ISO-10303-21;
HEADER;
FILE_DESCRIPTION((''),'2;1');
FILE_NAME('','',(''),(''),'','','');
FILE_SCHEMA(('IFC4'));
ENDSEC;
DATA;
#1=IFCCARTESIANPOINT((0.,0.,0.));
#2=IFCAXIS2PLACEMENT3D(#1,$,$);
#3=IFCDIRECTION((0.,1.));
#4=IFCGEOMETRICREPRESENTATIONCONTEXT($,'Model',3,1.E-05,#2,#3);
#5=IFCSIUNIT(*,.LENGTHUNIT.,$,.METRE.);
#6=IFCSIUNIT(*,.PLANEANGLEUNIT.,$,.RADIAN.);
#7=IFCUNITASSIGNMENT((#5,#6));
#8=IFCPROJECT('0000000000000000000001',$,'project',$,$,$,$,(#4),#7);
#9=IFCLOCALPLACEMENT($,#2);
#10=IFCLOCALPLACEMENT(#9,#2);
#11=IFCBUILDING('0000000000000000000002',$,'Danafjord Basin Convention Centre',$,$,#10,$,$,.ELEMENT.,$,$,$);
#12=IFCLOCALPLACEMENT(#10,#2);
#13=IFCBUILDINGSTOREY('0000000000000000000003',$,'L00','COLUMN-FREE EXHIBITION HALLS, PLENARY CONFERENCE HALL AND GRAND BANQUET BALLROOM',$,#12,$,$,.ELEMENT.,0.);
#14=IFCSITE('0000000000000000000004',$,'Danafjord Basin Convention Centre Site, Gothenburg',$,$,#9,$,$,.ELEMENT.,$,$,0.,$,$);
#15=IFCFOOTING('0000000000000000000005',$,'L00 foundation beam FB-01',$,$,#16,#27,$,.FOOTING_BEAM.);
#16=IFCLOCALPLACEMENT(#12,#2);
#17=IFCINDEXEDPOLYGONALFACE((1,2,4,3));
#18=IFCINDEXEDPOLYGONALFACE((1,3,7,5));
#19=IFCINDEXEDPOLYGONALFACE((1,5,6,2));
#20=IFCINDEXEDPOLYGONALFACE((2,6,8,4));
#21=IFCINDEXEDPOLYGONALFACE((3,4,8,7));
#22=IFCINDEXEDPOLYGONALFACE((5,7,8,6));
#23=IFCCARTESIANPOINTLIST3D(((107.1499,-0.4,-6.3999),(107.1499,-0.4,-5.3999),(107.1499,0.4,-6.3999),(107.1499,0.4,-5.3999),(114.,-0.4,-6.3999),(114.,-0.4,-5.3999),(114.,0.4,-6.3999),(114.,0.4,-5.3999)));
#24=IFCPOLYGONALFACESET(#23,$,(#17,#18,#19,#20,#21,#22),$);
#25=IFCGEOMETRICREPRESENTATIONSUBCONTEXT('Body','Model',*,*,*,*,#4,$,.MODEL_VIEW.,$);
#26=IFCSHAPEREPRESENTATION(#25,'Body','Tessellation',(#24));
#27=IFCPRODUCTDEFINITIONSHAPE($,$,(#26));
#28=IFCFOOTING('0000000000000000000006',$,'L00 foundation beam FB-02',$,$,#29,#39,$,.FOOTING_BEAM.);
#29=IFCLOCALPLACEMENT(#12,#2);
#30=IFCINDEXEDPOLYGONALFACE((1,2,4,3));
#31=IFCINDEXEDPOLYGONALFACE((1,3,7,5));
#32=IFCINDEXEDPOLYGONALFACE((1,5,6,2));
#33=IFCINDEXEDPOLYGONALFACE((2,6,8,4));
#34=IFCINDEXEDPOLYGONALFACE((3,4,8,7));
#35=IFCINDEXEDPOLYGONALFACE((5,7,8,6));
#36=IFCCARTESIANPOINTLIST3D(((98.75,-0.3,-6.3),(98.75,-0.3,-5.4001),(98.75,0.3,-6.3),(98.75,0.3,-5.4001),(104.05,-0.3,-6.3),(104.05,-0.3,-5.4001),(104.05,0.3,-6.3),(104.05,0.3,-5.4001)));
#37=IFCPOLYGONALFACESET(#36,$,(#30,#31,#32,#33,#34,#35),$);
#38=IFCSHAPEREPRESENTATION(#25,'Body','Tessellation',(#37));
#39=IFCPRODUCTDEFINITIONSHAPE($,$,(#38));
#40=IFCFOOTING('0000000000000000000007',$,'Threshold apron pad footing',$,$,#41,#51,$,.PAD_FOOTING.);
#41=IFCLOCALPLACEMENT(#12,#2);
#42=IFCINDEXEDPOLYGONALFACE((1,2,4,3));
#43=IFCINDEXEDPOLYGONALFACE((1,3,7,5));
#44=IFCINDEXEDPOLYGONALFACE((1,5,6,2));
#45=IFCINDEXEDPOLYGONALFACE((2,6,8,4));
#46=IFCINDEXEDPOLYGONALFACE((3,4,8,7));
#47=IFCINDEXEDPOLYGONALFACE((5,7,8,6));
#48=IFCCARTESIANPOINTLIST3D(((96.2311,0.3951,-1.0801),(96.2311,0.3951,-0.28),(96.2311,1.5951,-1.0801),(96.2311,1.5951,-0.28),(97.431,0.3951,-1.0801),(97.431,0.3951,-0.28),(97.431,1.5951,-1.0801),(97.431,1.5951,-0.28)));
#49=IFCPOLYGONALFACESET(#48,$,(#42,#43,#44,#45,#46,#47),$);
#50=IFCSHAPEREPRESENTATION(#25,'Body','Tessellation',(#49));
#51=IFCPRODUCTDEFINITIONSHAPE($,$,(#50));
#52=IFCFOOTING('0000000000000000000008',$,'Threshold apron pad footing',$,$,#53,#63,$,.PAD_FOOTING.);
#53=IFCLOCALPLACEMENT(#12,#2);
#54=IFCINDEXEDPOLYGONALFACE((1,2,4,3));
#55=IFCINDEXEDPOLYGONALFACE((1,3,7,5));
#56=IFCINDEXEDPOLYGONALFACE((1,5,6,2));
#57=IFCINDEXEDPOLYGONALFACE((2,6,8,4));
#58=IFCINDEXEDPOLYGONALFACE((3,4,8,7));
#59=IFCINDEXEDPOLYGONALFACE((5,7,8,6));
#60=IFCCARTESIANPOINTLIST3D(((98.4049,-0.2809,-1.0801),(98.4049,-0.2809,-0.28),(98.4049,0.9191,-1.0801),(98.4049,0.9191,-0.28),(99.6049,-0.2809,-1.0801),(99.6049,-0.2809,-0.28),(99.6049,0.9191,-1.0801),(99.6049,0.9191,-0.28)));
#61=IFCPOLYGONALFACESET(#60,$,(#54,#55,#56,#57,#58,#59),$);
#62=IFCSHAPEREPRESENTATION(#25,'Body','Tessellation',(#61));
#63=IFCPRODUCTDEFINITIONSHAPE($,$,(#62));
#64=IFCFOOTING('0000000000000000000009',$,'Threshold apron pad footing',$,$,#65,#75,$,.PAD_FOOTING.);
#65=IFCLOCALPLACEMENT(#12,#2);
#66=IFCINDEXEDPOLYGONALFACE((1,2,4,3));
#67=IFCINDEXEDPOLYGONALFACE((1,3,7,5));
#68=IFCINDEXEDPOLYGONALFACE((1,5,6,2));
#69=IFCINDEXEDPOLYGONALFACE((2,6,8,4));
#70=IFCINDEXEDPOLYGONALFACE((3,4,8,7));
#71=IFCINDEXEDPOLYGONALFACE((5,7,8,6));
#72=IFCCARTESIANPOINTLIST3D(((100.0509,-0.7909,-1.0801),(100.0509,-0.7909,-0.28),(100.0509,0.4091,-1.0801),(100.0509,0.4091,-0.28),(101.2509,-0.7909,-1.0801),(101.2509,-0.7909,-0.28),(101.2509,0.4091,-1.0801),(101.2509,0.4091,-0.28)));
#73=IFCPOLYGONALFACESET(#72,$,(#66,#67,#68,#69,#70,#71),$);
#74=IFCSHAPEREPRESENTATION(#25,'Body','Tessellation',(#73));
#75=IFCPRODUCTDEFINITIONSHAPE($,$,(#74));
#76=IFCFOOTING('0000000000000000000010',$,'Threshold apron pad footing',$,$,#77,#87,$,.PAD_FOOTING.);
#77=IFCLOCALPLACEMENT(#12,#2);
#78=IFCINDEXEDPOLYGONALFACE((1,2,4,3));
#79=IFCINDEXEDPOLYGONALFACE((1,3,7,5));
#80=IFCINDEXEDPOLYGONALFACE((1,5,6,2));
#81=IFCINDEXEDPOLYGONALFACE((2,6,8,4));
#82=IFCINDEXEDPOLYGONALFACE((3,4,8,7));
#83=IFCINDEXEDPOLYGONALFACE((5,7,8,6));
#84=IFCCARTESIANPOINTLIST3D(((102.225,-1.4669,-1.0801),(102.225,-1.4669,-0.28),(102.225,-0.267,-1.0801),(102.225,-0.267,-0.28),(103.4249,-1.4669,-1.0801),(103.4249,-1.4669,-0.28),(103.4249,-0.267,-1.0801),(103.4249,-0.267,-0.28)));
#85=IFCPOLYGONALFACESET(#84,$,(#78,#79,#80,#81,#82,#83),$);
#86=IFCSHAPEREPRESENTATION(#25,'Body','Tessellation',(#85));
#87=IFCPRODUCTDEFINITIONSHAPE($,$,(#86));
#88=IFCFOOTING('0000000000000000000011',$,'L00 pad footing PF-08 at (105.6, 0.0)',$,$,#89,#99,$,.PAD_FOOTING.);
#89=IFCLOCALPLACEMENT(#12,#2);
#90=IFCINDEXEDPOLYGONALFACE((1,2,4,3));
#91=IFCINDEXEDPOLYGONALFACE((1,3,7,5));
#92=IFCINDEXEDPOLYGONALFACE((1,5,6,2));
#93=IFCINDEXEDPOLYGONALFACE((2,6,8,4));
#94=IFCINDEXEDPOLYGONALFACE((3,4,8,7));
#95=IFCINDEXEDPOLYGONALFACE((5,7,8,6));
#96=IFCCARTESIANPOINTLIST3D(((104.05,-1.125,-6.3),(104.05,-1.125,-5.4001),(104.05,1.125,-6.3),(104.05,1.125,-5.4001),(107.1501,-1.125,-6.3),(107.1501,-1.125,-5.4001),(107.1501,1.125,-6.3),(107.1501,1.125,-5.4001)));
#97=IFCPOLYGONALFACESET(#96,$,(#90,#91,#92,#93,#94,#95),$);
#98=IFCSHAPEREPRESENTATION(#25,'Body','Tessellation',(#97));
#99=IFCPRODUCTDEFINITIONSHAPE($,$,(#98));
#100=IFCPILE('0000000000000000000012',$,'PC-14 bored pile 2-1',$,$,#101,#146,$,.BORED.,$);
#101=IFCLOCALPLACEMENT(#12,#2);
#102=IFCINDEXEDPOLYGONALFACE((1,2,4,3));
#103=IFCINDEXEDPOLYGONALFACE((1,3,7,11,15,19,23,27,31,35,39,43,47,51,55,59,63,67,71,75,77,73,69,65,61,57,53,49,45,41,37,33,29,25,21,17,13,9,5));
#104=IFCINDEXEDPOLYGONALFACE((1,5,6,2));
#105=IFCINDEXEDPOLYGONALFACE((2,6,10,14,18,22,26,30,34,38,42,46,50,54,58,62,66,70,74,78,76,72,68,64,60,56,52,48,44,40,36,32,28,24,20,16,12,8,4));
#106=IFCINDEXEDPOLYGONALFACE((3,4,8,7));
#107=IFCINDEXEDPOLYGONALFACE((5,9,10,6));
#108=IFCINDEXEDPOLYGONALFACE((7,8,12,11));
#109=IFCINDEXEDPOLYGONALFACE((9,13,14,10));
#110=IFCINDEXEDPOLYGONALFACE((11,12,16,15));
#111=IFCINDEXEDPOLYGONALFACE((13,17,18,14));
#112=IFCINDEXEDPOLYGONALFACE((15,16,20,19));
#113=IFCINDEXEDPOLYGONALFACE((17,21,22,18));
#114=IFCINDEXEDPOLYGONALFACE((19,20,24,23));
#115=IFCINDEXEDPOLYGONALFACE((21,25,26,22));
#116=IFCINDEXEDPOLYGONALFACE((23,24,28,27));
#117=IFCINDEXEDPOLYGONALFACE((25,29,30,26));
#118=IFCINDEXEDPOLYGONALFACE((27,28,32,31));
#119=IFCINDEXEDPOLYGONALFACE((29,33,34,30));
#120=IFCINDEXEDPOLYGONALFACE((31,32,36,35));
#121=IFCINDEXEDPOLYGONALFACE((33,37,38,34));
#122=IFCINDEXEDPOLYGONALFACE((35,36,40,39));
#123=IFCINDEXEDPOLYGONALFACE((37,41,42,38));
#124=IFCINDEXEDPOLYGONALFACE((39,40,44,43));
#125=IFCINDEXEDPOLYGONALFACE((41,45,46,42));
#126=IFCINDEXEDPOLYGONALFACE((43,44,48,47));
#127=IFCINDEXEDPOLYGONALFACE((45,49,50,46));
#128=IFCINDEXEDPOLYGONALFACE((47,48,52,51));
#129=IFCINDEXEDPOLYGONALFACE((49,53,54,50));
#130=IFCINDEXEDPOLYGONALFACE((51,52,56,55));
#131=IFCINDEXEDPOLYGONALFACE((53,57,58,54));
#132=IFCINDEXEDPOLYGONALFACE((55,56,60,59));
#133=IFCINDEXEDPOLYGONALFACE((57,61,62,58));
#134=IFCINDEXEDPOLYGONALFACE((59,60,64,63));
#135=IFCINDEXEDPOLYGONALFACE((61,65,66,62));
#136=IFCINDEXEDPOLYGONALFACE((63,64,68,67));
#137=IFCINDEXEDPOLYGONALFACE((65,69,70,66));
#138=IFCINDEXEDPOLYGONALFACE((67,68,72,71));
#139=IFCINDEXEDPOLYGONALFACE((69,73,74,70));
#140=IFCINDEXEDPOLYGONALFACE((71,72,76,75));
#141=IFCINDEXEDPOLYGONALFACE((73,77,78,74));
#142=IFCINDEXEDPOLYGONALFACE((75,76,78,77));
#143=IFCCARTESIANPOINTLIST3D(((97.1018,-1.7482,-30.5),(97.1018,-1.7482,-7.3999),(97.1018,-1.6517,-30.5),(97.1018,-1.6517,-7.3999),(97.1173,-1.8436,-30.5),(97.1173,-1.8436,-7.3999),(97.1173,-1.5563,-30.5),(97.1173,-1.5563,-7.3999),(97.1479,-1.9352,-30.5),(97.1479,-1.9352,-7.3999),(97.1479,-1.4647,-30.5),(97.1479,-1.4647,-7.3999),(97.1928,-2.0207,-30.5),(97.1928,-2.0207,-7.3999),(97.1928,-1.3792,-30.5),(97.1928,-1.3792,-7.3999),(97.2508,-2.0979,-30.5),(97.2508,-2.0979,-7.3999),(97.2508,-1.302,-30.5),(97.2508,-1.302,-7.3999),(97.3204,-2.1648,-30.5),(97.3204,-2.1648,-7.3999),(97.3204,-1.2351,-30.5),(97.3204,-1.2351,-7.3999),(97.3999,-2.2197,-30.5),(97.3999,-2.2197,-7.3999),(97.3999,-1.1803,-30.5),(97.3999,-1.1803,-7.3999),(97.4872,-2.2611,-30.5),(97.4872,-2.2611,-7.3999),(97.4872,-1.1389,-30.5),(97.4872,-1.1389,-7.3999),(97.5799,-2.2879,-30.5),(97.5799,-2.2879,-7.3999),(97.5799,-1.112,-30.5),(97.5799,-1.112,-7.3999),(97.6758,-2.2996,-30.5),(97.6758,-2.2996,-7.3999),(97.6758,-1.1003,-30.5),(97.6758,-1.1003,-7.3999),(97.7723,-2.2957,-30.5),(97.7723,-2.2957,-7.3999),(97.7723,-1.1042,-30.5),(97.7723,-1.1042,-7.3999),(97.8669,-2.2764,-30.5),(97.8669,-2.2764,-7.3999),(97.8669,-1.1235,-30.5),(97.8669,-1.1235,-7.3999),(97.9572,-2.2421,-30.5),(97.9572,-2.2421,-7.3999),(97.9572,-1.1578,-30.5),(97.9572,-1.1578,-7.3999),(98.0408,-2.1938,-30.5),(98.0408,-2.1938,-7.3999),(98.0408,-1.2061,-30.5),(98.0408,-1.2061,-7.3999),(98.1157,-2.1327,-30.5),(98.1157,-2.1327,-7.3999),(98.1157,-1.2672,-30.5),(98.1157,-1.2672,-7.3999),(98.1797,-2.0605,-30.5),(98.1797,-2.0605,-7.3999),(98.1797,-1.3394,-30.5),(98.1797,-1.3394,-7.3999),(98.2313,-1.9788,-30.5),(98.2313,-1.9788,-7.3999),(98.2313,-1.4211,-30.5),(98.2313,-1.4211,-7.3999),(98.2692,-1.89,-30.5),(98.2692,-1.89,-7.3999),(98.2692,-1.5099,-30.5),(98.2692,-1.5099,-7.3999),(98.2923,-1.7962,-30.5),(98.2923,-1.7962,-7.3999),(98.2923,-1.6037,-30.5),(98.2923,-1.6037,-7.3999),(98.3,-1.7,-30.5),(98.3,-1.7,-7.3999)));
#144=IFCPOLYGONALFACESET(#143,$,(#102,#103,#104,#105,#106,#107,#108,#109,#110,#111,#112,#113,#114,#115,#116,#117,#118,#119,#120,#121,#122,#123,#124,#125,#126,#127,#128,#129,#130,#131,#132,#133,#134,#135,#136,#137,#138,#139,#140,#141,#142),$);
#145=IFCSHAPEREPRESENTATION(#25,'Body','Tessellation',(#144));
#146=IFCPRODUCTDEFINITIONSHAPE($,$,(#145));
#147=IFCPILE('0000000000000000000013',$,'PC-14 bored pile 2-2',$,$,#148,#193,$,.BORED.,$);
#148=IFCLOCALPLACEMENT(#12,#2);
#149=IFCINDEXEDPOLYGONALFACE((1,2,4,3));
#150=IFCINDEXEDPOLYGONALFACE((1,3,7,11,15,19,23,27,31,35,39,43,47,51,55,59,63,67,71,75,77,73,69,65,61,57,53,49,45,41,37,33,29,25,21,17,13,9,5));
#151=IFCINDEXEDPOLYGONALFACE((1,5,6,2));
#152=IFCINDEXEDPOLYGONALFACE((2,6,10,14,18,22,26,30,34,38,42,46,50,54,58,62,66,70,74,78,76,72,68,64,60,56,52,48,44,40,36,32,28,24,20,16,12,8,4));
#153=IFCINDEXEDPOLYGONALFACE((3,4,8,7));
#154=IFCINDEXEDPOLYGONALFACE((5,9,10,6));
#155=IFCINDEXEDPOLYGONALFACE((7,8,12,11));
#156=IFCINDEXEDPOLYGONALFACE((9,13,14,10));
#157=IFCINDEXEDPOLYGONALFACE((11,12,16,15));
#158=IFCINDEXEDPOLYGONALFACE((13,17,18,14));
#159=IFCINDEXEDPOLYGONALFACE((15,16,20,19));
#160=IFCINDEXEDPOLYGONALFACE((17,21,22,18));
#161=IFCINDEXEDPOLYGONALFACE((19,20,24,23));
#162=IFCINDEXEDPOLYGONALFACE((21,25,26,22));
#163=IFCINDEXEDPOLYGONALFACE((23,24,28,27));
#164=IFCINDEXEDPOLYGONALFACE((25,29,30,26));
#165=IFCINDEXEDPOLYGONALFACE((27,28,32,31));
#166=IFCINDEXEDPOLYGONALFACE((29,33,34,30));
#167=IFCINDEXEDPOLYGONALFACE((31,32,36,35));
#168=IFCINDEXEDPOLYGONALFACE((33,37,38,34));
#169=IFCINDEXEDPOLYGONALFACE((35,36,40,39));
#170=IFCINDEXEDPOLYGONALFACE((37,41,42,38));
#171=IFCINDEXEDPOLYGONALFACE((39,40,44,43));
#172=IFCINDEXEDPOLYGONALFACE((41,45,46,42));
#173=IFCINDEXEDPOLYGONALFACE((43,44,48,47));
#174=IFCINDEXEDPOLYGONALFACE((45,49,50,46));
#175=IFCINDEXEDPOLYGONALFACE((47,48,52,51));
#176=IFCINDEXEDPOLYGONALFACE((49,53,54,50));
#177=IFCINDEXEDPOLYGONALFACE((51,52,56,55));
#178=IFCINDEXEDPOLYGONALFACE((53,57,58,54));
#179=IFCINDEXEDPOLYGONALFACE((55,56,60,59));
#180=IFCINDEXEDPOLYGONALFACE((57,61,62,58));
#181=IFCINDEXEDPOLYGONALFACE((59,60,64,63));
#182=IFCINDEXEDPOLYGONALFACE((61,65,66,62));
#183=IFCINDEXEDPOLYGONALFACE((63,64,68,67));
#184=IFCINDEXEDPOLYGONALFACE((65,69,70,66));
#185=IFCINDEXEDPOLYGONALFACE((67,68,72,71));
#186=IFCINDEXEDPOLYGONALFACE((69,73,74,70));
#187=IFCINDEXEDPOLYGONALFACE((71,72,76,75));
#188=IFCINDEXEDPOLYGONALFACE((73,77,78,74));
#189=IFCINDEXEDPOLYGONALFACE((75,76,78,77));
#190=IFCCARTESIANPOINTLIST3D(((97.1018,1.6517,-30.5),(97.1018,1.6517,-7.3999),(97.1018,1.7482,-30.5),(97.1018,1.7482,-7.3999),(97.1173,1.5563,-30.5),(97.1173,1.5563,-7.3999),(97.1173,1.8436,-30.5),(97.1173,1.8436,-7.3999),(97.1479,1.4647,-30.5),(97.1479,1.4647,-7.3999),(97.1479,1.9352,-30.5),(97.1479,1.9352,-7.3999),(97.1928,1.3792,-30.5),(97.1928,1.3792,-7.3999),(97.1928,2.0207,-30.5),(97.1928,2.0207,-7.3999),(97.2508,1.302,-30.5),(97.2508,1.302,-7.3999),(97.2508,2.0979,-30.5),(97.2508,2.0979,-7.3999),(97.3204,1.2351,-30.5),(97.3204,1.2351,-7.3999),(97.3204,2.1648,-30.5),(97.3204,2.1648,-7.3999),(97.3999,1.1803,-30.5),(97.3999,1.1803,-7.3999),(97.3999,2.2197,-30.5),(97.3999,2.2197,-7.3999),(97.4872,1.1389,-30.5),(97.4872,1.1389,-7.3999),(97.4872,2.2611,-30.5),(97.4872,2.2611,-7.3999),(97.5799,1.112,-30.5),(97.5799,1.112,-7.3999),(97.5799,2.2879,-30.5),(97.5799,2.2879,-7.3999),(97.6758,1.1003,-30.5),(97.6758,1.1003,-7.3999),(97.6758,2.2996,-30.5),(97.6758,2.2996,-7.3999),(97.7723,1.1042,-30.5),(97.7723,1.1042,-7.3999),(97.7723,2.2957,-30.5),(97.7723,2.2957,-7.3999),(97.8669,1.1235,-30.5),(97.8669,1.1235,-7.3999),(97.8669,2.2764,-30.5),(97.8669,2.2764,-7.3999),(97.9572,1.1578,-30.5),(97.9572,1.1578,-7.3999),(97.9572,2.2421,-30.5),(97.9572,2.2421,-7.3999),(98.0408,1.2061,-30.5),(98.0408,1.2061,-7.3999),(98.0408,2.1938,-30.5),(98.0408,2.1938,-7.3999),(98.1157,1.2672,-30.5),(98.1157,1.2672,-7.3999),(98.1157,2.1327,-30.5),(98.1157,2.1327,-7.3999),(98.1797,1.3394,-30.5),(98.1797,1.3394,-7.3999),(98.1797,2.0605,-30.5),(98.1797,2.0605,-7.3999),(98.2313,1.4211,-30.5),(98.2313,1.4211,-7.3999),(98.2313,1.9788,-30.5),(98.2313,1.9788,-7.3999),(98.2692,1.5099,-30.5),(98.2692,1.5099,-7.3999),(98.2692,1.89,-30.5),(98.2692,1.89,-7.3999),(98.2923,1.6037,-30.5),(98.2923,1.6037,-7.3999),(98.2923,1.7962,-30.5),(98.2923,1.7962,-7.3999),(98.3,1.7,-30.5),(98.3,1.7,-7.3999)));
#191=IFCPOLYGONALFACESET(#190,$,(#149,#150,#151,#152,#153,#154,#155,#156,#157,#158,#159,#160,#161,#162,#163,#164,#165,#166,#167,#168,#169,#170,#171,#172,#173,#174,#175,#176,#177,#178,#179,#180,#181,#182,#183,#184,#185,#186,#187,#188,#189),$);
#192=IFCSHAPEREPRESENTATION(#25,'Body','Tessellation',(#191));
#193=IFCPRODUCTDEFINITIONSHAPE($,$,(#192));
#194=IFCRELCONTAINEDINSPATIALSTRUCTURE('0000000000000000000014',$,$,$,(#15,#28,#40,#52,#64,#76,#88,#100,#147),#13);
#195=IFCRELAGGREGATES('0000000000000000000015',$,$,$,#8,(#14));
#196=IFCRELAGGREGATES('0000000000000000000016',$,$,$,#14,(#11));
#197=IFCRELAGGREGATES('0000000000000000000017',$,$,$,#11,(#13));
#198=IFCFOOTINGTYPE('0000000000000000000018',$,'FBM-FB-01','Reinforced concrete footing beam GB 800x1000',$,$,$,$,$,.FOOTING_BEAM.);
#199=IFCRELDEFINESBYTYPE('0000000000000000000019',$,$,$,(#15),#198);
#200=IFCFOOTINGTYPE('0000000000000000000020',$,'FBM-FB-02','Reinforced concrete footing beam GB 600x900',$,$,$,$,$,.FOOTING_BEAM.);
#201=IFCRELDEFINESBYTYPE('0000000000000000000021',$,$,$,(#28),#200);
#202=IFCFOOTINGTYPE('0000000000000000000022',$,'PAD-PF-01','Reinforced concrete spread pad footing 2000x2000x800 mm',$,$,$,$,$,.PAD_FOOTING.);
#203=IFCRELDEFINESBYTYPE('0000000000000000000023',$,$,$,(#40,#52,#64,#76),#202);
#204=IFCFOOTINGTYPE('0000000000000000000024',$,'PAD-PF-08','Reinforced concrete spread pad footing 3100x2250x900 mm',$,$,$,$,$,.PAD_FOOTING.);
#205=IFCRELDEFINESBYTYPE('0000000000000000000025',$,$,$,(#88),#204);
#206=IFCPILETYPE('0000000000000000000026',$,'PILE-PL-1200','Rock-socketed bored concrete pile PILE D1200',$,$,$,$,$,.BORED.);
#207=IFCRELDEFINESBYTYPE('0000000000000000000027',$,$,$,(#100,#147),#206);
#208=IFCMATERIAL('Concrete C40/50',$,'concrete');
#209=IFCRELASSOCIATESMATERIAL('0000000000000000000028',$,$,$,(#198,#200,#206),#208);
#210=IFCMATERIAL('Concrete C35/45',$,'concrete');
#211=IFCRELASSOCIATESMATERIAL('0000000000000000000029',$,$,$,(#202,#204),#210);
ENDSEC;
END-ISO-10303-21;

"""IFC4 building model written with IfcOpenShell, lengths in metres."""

from ifc_helpers import new_model, si_unit, direction, frame, origin, origin_2d, place, context, subcontext, project, spatial, rectangle, circle, extrude, material, material_profile, profile_set, type_object, element, save


model = new_model("IFC4")

# Units and contexts
model_context = context("Model", 3, precision=1e-05, world=origin(), true_north=direction((0.0, 1.0)))
body_context = subcontext(model_context, "Body", "Model", "MODEL_VIEW")
ifc_project = project(units=[si_unit("LENGTHUNIT", "METRE"), si_unit("PLANEANGLEUNIT", "RADIAN")], contexts=[model_context])

# Site, building, storey
site_placement = place(None, origin())
site = spatial("IfcSite", under=ifc_project, at=site_placement, Name="Danafjord Basin Convention Centre Site, Gothenburg", CompositionType="ELEMENT", RefElevation=0.0)
building_placement = place(site_placement, origin())
building = spatial("IfcBuilding", under=site, at=building_placement, Name="Danafjord Basin Convention Centre", CompositionType="ELEMENT")
storey_placement = place(building_placement, origin())
storey = spatial("IfcBuildingStorey", under=building, at=storey_placement, Name="L00", Description="COLUMN-FREE EXHIBITION HALLS, PLENARY CONFERENCE HALL AND GRAND BANQUET BALLROOM", CompositionType="ELEMENT", Elevation=0.0)

# Footings
ifc_material_1 = material(Name="Concrete C40/50", Category="concrete")
ifc_material_profile_1 = material_profile(ifc_material_1, rectangle(XDim=0.8, YDim=1.0, at=origin_2d()), Name="GB 800x1000")
ifc_profile_set_1 = profile_set([ifc_material_profile_1], Name="Concrete C40/50")
footing_type_1 = type_object("IfcFootingType", Name="FBM-FB-01", Description="Reinforced concrete footing beam GB 800x1000", PredefinedType="FOOTING_BEAM", material=ifc_profile_set_1)
footing_1_placement = place(storey_placement, frame((107.1499, 0.0, -5.8999), z_axis=(1.0, 0.0, 0.0), x_axis=(0.0, 1.0, 0.0)))
element("IfcFooting", 1, at=footing_1_placement, inside=storey, type_object=footing_type_1, Name="L00 foundation beam FB-01", PredefinedType="FOOTING_BEAM", context=body_context, shape_type="SweptSolid", body=[
    extrude(rectangle(XDim=0.8, YDim=1.0, at=origin_2d()), origin(), (0.0, 0.0, 1.0), 6.8501),
])
ifc_material_profile_2 = material_profile(ifc_material_1, rectangle(XDim=0.6001, YDim=0.8999, at=origin_2d()), Name="GB 600x900")
ifc_profile_set_2 = profile_set([ifc_material_profile_2], Name="Concrete C40/50")
footing_type_2 = type_object("IfcFootingType", Name="FBM-FB-02", Description="Reinforced concrete footing beam GB 600x900", PredefinedType="FOOTING_BEAM", material=ifc_profile_set_2)
footing_2_placement = place(storey_placement, frame((98.75, 0.0, -5.8501), z_axis=(1.0, 0.0, 0.0), x_axis=(0.0, 1.0, 0.0)))
element("IfcFooting", 2, at=footing_2_placement, inside=storey, type_object=footing_type_2, Name="L00 foundation beam FB-02", PredefinedType="FOOTING_BEAM", context=body_context, shape_type="SweptSolid", body=[
    extrude(rectangle(XDim=0.6001, YDim=0.8999, at=origin_2d()), origin(), (0.0, 0.0, 1.0), 5.3),
])
ifc_material_2 = material(Name="Concrete C35/45", Category="concrete")
footing_type_3 = type_object("IfcFootingType", Name="PAD-PF-01", Description="Reinforced concrete spread pad footing 2000x2000x800 mm", PredefinedType="PAD_FOOTING", material=ifc_material_2)
for number, where, z_axis, x_axis, name in (
    (3, (96.8311, 0.9951, -1.0801), (0.0, 0.0, 1.0), (1.0, 0.0, 0.0), "Threshold apron pad footing"),
    (4, (99.0049, 0.3191, -1.0801), (0.0, 0.0, 1.0), (1.0, 0.0, 0.0), "Threshold apron pad footing"),
    (5, (100.6509, -0.1909, -1.0801), (0.0, 0.0, 1.0), (1.0, 0.0, 0.0), "Threshold apron pad footing"),
    (6, (102.825, -0.8669, -1.0801), (0.0, 0.0, 1.0), (1.0, 0.0, 0.0), "Threshold apron pad footing"),
):
    element("IfcFooting", number, at=place(storey_placement, frame(where, z_axis=z_axis, x_axis=x_axis)), inside=storey, type_object=footing_type_3, Name=name, PredefinedType="PAD_FOOTING", context=body_context, shape_type="SweptSolid", body=[
        extrude(rectangle(XDim=1.2, YDim=1.2, at=origin_2d()), origin(), (0.0, 0.0, 1.0), 0.8),
    ])
footing_type_4 = type_object("IfcFootingType", Name="PAD-PF-08", Description="Reinforced concrete spread pad footing 3100x2250x900 mm", PredefinedType="PAD_FOOTING", material=ifc_material_2)
footing_3_placement = place(storey_placement, frame((105.6001, 0.0, -6.3), z_axis=(0.0, 0.0, 1.0), x_axis=(1.0, 0.0, 0.0)))
element("IfcFooting", 7, at=footing_3_placement, inside=storey, type_object=footing_type_4, Name="L00 pad footing PF-08 at (105.6, 0.0)", PredefinedType="PAD_FOOTING", context=body_context, shape_type="SweptSolid", body=[
    extrude(rectangle(XDim=3.1001, YDim=2.25, at=origin_2d()), origin(), (0.0, 0.0, 1.0), 0.8999),
])

# Piles
ifc_material_profile_3 = material_profile(ifc_material_1, circle(Radius=0.6001, at=origin_2d()), Name="PILE D1200")
ifc_profile_set_3 = profile_set([ifc_material_profile_3], Name="Concrete C40/50")
pile_type = type_object("IfcPileType", Name="PILE-PL-1200", Description="Rock-socketed bored concrete pile PILE D1200", PredefinedType="BORED", material=ifc_profile_set_3)
for number, where, z_axis, x_axis, name in (
    (8, (97.7, -1.7, -7.3999), (0.0, 0.0, -1.0), (1.0, 0.0, 0.0), "PC-14 bored pile 2-1"),
    (9, (97.7, 1.7, -7.3999), (0.0, 0.0, -1.0), (1.0, 0.0, 0.0), "PC-14 bored pile 2-2"),
):
    element("IfcPile", number, at=place(storey_placement, frame(where, z_axis=z_axis, x_axis=x_axis)), inside=storey, type_object=pile_type, Name=name, PredefinedType="BORED", context=body_context, shape_type="SweptSolid", body=[
        extrude(circle(Radius=0.6001, at=origin_2d()), origin(), (0.0, 0.0, 1.0), 23.1001),
    ])

save(model, "model.ifc")
